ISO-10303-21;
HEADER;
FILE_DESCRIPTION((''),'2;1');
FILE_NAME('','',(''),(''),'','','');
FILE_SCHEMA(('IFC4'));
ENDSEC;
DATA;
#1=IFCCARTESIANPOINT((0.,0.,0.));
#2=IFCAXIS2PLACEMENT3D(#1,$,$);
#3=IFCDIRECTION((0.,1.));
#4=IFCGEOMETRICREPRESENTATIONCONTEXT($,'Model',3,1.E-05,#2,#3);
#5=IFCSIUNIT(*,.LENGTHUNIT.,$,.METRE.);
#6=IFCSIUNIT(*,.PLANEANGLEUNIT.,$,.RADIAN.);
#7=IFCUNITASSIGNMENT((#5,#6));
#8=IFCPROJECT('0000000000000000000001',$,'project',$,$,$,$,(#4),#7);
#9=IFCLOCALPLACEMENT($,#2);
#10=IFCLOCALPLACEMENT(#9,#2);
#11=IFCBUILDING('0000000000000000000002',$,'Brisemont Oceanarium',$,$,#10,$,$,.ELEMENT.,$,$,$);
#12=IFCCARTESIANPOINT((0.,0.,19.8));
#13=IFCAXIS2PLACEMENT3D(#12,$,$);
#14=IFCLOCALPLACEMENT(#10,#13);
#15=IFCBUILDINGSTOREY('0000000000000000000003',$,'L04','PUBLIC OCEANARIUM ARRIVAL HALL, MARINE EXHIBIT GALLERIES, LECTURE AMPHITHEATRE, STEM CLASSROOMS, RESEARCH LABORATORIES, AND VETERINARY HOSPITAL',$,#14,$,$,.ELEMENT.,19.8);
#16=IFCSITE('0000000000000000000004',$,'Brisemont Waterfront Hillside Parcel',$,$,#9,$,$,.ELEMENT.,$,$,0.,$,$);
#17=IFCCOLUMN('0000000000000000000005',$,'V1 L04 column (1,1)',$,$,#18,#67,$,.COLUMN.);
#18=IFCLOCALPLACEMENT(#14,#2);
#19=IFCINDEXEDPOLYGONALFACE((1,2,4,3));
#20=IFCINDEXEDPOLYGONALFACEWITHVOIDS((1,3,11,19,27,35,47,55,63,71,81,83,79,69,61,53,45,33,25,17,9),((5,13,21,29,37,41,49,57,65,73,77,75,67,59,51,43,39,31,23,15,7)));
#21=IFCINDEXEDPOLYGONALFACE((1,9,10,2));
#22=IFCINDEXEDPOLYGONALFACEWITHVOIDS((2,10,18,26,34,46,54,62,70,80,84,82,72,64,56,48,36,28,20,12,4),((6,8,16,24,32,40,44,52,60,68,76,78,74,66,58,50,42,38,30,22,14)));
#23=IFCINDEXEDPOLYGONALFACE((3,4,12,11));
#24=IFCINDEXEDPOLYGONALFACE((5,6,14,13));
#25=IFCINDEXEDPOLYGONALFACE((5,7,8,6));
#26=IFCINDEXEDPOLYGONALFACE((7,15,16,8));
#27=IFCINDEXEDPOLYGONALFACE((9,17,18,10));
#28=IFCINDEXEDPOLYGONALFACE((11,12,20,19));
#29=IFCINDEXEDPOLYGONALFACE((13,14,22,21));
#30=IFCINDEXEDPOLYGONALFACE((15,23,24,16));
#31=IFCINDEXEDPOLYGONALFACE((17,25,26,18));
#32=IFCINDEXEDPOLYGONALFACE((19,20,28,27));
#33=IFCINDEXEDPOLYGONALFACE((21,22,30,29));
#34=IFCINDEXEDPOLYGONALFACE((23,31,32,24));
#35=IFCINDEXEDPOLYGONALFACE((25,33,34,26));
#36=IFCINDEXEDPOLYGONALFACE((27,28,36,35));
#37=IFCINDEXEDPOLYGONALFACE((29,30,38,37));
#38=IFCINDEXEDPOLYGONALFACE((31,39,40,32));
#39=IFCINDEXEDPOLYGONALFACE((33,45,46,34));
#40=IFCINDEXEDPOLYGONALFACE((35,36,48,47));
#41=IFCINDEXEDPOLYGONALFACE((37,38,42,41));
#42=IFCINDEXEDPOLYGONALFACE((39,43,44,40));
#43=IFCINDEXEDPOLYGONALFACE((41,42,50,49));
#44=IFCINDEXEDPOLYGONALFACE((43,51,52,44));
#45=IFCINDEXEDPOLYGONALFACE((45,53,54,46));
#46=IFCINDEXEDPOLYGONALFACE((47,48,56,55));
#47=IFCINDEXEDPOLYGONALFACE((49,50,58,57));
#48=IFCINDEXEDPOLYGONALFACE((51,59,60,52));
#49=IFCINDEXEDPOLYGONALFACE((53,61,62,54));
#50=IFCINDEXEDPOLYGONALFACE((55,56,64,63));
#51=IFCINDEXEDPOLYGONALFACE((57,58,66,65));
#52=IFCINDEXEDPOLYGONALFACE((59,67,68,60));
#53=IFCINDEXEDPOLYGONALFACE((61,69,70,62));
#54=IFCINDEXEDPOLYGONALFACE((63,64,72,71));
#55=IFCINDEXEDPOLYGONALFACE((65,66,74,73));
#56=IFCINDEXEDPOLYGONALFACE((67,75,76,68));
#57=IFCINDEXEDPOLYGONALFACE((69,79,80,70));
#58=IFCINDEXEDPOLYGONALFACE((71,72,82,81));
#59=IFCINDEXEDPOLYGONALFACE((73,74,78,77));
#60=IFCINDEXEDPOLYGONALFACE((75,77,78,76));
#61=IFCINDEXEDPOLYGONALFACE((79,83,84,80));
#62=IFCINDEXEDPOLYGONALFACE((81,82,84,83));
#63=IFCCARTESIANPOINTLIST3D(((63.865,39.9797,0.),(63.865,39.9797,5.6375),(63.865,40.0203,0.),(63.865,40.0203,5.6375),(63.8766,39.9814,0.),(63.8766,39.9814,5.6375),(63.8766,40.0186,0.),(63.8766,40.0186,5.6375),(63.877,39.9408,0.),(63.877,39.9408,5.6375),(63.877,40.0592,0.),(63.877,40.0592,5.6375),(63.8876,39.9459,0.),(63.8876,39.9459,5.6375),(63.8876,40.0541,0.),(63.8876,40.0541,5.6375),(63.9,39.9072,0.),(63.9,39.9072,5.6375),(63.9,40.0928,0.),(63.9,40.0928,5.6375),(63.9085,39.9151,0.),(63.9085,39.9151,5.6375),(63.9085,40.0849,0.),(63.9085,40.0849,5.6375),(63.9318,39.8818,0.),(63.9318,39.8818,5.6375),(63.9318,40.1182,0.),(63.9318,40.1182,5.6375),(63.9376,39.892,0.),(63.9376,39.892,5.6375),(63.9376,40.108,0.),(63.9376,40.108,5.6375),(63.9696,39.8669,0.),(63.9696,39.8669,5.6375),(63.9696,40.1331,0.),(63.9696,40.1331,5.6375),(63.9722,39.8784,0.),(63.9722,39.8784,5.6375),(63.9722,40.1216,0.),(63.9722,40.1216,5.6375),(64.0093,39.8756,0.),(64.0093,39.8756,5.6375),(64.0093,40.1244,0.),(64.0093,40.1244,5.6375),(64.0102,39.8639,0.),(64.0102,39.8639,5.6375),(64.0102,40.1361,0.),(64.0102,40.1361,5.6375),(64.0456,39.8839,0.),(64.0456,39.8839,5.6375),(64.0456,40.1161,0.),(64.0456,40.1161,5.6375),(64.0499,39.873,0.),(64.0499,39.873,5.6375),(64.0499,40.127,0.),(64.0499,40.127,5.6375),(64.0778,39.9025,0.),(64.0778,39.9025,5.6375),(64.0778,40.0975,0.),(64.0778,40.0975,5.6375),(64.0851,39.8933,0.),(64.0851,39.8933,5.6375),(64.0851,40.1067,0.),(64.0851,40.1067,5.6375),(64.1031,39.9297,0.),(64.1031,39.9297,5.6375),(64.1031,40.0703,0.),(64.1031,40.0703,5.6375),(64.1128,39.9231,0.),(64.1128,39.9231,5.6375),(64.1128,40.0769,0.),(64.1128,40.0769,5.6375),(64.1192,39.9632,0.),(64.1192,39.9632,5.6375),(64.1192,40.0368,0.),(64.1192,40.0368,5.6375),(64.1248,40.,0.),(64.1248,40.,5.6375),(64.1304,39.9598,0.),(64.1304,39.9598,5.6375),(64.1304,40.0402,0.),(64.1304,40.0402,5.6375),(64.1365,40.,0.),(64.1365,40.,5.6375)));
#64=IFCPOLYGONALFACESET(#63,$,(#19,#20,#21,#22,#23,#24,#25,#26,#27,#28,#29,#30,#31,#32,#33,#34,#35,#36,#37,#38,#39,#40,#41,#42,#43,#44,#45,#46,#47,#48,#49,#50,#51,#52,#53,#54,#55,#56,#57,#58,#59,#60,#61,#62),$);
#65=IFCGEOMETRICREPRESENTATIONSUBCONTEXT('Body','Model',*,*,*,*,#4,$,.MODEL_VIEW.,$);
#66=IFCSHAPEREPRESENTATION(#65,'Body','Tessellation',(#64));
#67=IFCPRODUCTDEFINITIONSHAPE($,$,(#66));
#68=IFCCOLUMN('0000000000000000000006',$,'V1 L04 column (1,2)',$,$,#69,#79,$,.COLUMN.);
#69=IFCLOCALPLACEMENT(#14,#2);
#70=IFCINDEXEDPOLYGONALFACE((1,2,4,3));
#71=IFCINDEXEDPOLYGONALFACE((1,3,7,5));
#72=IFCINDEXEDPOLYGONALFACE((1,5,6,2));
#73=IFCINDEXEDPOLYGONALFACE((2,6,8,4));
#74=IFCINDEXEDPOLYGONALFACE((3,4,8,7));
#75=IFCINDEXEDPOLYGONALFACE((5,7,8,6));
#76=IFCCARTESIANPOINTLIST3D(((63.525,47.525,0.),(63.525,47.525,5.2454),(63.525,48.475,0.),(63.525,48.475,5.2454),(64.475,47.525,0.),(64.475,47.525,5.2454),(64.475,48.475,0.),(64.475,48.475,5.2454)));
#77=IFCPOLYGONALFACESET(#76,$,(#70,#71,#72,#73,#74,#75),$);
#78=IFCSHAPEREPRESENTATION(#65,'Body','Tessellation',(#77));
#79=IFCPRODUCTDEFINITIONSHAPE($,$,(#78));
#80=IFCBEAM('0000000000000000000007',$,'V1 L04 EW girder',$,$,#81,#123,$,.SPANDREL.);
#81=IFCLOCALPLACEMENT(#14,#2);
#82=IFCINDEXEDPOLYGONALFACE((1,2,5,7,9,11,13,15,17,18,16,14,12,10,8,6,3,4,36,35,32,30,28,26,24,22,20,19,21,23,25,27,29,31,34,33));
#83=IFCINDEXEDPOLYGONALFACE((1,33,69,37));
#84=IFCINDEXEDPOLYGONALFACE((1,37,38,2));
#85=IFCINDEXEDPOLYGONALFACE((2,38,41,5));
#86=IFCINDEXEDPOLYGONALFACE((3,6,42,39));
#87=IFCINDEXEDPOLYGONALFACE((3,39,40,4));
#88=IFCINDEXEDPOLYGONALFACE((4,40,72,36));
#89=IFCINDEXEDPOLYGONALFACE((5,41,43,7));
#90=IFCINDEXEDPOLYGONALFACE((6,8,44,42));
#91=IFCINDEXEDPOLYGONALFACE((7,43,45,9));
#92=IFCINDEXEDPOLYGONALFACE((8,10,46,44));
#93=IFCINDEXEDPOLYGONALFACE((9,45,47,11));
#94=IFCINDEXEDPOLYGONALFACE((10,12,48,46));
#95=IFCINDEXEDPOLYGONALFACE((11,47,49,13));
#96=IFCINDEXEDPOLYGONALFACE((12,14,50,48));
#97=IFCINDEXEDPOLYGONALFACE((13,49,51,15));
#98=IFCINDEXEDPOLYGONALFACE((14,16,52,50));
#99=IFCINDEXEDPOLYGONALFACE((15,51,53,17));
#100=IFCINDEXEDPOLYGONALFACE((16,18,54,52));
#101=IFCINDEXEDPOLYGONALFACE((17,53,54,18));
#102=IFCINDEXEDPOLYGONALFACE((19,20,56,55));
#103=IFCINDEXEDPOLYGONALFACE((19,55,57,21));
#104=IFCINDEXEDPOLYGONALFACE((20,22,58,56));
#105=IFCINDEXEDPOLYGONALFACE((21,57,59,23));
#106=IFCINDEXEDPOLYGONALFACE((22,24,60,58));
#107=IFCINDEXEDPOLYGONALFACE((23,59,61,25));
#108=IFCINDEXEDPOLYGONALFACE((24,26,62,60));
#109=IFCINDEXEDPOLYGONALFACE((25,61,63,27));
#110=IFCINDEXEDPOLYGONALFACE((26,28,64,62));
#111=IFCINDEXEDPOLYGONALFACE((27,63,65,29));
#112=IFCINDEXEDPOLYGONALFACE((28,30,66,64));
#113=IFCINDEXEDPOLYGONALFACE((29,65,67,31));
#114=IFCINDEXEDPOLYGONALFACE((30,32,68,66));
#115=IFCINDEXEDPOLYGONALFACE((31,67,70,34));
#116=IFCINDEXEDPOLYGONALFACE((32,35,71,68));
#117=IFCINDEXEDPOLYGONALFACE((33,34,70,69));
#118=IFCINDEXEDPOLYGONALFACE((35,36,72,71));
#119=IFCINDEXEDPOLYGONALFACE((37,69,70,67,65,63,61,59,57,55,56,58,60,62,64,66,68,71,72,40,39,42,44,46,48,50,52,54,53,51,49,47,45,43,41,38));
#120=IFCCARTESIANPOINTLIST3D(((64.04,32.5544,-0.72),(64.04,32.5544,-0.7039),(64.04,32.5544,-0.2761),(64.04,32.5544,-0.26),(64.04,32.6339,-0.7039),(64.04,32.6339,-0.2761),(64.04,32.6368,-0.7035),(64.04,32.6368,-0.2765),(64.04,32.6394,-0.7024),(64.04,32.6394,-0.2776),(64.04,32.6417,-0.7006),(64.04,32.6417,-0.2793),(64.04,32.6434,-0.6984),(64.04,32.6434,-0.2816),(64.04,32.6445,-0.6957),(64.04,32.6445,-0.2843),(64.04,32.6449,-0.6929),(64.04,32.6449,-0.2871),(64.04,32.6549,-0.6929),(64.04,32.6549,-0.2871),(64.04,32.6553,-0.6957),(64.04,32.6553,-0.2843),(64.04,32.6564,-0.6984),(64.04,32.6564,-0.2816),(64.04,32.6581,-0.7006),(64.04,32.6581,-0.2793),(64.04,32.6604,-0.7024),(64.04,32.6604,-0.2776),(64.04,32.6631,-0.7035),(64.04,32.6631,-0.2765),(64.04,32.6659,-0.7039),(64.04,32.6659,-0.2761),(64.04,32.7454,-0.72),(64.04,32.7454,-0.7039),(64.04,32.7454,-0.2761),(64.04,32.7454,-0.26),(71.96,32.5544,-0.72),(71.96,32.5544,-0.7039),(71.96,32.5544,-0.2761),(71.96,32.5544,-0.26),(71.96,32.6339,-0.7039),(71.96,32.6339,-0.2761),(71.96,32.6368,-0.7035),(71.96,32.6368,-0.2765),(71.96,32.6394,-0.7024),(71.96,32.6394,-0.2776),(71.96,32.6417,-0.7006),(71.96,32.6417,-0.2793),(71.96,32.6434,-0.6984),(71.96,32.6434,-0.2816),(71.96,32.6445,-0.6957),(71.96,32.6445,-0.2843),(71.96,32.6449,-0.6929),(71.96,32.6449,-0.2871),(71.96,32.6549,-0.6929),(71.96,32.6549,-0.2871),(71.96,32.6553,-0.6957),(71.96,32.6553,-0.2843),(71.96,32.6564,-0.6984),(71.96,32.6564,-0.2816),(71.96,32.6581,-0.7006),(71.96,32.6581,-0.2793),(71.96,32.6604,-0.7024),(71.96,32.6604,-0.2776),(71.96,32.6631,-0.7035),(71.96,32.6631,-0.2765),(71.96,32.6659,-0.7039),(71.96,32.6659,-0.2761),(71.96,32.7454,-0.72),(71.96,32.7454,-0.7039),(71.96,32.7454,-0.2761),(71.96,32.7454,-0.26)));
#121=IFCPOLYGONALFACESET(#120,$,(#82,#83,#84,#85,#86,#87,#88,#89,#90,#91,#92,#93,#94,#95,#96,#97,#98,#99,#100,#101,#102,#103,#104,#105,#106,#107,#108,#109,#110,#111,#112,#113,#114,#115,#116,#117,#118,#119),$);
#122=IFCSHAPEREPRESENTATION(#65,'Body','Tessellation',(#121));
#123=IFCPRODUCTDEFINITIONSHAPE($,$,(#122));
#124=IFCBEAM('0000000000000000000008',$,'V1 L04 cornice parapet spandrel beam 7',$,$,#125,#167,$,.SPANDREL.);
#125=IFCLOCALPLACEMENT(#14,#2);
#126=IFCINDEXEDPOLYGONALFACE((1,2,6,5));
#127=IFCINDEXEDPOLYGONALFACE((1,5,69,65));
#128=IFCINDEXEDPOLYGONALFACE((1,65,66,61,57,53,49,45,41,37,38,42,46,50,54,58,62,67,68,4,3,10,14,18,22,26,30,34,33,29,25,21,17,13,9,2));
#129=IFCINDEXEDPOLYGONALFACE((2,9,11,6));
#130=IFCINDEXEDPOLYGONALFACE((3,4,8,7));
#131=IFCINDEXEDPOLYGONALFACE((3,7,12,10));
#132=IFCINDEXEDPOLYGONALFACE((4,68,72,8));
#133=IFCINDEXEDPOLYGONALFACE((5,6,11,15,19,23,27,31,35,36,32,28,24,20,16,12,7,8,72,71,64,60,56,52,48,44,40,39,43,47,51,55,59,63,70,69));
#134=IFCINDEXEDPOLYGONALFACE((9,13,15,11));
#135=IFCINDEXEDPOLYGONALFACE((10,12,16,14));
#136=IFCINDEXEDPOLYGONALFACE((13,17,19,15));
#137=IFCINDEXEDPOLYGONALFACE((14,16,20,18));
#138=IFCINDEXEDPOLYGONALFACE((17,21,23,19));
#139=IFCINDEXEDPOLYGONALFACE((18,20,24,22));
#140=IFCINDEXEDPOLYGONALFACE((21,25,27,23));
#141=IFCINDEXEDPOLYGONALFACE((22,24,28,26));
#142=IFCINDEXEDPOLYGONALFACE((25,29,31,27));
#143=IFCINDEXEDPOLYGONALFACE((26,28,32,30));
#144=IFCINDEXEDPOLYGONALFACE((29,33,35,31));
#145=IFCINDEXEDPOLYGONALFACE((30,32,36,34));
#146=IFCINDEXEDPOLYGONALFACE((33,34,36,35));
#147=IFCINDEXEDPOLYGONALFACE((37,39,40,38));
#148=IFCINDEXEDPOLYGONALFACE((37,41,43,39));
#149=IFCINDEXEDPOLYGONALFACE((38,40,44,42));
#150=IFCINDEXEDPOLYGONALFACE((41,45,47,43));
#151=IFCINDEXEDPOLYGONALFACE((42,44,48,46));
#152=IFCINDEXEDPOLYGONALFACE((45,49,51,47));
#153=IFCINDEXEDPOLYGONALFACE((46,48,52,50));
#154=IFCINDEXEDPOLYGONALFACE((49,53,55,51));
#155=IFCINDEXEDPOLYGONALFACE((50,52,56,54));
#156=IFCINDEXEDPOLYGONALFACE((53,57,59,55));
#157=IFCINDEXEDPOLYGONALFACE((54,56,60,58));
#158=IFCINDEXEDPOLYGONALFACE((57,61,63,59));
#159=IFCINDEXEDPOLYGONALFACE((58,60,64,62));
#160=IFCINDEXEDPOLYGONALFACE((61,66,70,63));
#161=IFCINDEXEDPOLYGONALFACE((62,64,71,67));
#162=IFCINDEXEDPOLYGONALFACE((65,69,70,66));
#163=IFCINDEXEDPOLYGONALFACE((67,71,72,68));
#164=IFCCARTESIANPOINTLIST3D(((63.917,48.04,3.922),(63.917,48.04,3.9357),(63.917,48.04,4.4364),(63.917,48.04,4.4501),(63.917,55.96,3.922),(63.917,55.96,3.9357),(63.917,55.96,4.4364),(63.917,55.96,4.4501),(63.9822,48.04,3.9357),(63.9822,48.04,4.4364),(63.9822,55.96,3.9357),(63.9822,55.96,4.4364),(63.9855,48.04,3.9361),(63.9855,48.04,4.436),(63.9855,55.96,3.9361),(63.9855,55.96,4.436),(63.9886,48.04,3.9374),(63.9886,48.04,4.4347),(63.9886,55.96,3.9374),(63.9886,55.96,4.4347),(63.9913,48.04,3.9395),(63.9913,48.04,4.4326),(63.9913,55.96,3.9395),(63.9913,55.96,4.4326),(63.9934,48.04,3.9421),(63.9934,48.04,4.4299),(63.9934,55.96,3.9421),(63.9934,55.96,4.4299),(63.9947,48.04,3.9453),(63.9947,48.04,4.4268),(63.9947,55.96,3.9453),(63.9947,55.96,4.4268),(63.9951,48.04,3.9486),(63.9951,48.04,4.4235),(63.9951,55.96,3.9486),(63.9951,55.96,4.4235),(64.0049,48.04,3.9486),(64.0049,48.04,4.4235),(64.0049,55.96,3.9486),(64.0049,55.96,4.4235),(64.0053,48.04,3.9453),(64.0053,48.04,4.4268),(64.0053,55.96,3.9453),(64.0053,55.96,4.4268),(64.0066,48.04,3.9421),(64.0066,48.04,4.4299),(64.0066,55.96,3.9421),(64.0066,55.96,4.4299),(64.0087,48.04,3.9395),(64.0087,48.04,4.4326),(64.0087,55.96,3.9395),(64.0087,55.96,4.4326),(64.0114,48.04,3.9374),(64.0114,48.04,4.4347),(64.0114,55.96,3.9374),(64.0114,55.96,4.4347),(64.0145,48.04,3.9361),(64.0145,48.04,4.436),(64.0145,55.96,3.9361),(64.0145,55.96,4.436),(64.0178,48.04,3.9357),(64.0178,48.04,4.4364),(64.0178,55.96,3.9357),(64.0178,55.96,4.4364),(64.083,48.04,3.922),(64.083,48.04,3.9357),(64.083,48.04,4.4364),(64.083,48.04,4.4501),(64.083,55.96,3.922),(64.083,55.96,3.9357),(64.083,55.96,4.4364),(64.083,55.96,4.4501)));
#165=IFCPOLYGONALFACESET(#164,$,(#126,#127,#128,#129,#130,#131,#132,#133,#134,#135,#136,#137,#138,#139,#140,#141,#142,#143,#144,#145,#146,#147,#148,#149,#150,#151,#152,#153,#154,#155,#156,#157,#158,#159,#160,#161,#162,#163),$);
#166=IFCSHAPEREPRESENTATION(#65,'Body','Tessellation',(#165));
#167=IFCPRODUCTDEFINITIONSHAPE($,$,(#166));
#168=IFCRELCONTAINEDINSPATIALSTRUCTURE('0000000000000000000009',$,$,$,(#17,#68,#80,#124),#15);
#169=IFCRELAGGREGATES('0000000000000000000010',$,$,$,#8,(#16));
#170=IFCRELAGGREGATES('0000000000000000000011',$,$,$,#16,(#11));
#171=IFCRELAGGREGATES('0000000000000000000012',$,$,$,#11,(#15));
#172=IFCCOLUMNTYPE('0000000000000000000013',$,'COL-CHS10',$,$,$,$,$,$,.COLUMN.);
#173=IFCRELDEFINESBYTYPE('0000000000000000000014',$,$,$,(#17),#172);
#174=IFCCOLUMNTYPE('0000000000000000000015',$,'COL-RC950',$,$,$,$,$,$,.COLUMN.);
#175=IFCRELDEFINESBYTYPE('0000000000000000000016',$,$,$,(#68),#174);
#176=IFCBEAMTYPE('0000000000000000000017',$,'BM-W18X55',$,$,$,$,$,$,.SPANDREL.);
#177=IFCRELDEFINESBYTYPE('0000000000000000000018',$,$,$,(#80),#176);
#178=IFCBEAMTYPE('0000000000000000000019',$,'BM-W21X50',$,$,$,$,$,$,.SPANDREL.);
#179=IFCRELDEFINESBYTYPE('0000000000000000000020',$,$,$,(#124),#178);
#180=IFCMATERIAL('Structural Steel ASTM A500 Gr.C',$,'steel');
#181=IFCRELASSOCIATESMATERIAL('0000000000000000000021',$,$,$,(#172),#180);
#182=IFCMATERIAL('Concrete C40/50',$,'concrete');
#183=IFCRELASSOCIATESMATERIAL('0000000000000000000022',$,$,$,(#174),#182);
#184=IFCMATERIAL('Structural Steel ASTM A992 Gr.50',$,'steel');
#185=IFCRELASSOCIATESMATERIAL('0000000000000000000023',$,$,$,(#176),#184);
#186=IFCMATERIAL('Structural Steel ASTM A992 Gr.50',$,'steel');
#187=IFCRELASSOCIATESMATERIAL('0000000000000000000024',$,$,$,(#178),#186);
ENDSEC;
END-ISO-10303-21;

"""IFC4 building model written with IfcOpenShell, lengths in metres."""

from ifc_helpers import new_model, si_unit, direction, frame, origin, origin_2d, place, context, subcontext, project, spatial, rectangle, hollow_circle, i_section, extrude, material, material_profile, profile_set, type_object, element, save


model = new_model("IFC4")

# Units and contexts
model_context = context("Model", 3, precision=1e-05, world=origin(), true_north=direction((0.0, 1.0)))
body_context = subcontext(model_context, "Body", "Model", "MODEL_VIEW")
ifc_project = project(units=[si_unit("LENGTHUNIT", "METRE"), si_unit("PLANEANGLEUNIT", "RADIAN")], contexts=[model_context])

# Site, building, storey
site_placement = place(None, origin())
site = spatial("IfcSite", under=ifc_project, at=site_placement, Name="Brisemont Waterfront Hillside Parcel", CompositionType="ELEMENT", RefElevation=0.0)
building_placement = place(site_placement, origin())
building = spatial("IfcBuilding", under=site, at=building_placement, Name="Brisemont Oceanarium", CompositionType="ELEMENT")
storey_placement = place(building_placement, frame((0.0, 0.0, 19.8)))
storey = spatial("IfcBuildingStorey", under=building, at=storey_placement, Name="L04", Description="PUBLIC OCEANARIUM ARRIVAL HALL, MARINE EXHIBIT GALLERIES, LECTURE AMPHITHEATRE, STEM CLASSROOMS, RESEARCH LABORATORIES, AND VETERINARY HOSPITAL", CompositionType="ELEMENT", Elevation=19.8)

# Columns
ifc_material_1 = material(Name="Structural Steel ASTM A500 Gr.C", Category="steel")
ifc_material_profile_1 = material_profile(ifc_material_1, hollow_circle(Radius=0.1365, WallThickness=0.0117, at=origin_2d()), Name="HSS10.750X0.500")
ifc_profile_set_1 = profile_set([ifc_material_profile_1], Name="Structural Steel ASTM A500 Gr.C")
column_type_1 = type_object("IfcColumnType", Name="COL-CHS10", PredefinedType="COLUMN", material=ifc_profile_set_1)
column_1_placement = place(storey_placement, frame((64.0, 40.0, 0.0), z_axis=(0.0, 0.0, 1.0), x_axis=(1.0, 0.0, 0.0)))
element("IfcColumn", 1, at=column_1_placement, inside=storey, type_object=column_type_1, Name="V1 L04 column (1,1)", PredefinedType="COLUMN", context=body_context, shape_type="SweptSolid", body=[
    extrude(hollow_circle(Radius=0.1365, WallThickness=0.0117, at=origin_2d()), origin(), (0.0, 0.0, 1.0), 5.6375),
])
ifc_material_2 = material(Name="Concrete C40/50", Category="concrete")
ifc_material_profile_2 = material_profile(ifc_material_2, rectangle(XDim=0.95, YDim=0.95, at=origin_2d()), Name="RC-COL-950X950")
ifc_profile_set_2 = profile_set([ifc_material_profile_2], Name="Concrete C40/50")
column_type_2 = type_object("IfcColumnType", Name="COL-RC950", PredefinedType="COLUMN", material=ifc_profile_set_2)
column_2_placement = place(storey_placement, frame((64.0, 48.0, 0.0), z_axis=(0.0, 0.0, 1.0), x_axis=(0.0, 1.0, 0.0)))
element("IfcColumn", 2, at=column_2_placement, inside=storey, type_object=column_type_2, Name="V1 L04 column (1,2)", PredefinedType="COLUMN", context=body_context, shape_type="SweptSolid", body=[
    extrude(rectangle(XDim=0.95, YDim=0.95, at=origin_2d()), origin(), (0.0, 0.0, 1.0), 5.2454),
])

# Beams
ifc_material_3 = material(Name="Structural Steel ASTM A992 Gr.50", Category="steel")
ifc_material_profile_3 = material_profile(ifc_material_3, i_section(OverallWidth=0.1909, OverallDepth=0.46, WebThickness=0.01, FlangeThickness=0.0161, FilletRadius=0.011, at=origin_2d()), Name="W18X55")
ifc_profile_set_3 = profile_set([ifc_material_profile_3], Name="Structural Steel ASTM A992 Gr.50")
beam_type_1 = type_object("IfcBeamType", Name="BM-W18X55", PredefinedType="SPANDREL", material=ifc_profile_set_3)
beam_1_placement = place(storey_placement, frame((64.04, 32.6499, -0.49), z_axis=(1.0, 0.0, 0.0), x_axis=(0.0, 1.0, 0.0)))
element("IfcBeam", 3, at=beam_1_placement, inside=storey, type_object=beam_type_1, Name="V1 L04 EW girder", PredefinedType="SPANDREL", context=body_context, shape_type="SweptSolid", body=[
    extrude(i_section(OverallWidth=0.1909, OverallDepth=0.46, WebThickness=0.01, FlangeThickness=0.0161, FilletRadius=0.011, at=origin_2d()), origin(), (0.0, 0.0, 1.0), 7.9199),
])
ifc_material_4 = material(Name="Structural Steel ASTM A992 Gr.50", Category="steel")
ifc_material_profile_4 = material_profile(ifc_material_4, i_section(OverallWidth=0.166, OverallDepth=0.5281, WebThickness=0.0098, FlangeThickness=0.0137, FilletRadius=0.0129, at=origin_2d()), Name="W21X50")
ifc_profile_set_4 = profile_set([ifc_material_profile_4], Name="Structural Steel ASTM A992 Gr.50")
beam_type_2 = type_object("IfcBeamType", Name="BM-W21X50", PredefinedType="SPANDREL", material=ifc_profile_set_4)
beam_2_placement = place(storey_placement, frame((64.0, 48.04, 4.186), z_axis=(0.0, 1.0, 0.0), x_axis=(-1.0, 0.0, 0.0)))
element("IfcBeam", 4, at=beam_2_placement, inside=storey, type_object=beam_type_2, Name="V1 L04 cornice parapet spandrel beam 7", PredefinedType="SPANDREL", context=body_context, shape_type="SweptSolid", body=[
    extrude(i_section(OverallWidth=0.166, OverallDepth=0.5281, WebThickness=0.0098, FlangeThickness=0.0137, FilletRadius=0.0129, at=origin_2d()), origin(), (0.0, 0.0, 1.0), 7.9199),
])

save(model, "model.ifc")
